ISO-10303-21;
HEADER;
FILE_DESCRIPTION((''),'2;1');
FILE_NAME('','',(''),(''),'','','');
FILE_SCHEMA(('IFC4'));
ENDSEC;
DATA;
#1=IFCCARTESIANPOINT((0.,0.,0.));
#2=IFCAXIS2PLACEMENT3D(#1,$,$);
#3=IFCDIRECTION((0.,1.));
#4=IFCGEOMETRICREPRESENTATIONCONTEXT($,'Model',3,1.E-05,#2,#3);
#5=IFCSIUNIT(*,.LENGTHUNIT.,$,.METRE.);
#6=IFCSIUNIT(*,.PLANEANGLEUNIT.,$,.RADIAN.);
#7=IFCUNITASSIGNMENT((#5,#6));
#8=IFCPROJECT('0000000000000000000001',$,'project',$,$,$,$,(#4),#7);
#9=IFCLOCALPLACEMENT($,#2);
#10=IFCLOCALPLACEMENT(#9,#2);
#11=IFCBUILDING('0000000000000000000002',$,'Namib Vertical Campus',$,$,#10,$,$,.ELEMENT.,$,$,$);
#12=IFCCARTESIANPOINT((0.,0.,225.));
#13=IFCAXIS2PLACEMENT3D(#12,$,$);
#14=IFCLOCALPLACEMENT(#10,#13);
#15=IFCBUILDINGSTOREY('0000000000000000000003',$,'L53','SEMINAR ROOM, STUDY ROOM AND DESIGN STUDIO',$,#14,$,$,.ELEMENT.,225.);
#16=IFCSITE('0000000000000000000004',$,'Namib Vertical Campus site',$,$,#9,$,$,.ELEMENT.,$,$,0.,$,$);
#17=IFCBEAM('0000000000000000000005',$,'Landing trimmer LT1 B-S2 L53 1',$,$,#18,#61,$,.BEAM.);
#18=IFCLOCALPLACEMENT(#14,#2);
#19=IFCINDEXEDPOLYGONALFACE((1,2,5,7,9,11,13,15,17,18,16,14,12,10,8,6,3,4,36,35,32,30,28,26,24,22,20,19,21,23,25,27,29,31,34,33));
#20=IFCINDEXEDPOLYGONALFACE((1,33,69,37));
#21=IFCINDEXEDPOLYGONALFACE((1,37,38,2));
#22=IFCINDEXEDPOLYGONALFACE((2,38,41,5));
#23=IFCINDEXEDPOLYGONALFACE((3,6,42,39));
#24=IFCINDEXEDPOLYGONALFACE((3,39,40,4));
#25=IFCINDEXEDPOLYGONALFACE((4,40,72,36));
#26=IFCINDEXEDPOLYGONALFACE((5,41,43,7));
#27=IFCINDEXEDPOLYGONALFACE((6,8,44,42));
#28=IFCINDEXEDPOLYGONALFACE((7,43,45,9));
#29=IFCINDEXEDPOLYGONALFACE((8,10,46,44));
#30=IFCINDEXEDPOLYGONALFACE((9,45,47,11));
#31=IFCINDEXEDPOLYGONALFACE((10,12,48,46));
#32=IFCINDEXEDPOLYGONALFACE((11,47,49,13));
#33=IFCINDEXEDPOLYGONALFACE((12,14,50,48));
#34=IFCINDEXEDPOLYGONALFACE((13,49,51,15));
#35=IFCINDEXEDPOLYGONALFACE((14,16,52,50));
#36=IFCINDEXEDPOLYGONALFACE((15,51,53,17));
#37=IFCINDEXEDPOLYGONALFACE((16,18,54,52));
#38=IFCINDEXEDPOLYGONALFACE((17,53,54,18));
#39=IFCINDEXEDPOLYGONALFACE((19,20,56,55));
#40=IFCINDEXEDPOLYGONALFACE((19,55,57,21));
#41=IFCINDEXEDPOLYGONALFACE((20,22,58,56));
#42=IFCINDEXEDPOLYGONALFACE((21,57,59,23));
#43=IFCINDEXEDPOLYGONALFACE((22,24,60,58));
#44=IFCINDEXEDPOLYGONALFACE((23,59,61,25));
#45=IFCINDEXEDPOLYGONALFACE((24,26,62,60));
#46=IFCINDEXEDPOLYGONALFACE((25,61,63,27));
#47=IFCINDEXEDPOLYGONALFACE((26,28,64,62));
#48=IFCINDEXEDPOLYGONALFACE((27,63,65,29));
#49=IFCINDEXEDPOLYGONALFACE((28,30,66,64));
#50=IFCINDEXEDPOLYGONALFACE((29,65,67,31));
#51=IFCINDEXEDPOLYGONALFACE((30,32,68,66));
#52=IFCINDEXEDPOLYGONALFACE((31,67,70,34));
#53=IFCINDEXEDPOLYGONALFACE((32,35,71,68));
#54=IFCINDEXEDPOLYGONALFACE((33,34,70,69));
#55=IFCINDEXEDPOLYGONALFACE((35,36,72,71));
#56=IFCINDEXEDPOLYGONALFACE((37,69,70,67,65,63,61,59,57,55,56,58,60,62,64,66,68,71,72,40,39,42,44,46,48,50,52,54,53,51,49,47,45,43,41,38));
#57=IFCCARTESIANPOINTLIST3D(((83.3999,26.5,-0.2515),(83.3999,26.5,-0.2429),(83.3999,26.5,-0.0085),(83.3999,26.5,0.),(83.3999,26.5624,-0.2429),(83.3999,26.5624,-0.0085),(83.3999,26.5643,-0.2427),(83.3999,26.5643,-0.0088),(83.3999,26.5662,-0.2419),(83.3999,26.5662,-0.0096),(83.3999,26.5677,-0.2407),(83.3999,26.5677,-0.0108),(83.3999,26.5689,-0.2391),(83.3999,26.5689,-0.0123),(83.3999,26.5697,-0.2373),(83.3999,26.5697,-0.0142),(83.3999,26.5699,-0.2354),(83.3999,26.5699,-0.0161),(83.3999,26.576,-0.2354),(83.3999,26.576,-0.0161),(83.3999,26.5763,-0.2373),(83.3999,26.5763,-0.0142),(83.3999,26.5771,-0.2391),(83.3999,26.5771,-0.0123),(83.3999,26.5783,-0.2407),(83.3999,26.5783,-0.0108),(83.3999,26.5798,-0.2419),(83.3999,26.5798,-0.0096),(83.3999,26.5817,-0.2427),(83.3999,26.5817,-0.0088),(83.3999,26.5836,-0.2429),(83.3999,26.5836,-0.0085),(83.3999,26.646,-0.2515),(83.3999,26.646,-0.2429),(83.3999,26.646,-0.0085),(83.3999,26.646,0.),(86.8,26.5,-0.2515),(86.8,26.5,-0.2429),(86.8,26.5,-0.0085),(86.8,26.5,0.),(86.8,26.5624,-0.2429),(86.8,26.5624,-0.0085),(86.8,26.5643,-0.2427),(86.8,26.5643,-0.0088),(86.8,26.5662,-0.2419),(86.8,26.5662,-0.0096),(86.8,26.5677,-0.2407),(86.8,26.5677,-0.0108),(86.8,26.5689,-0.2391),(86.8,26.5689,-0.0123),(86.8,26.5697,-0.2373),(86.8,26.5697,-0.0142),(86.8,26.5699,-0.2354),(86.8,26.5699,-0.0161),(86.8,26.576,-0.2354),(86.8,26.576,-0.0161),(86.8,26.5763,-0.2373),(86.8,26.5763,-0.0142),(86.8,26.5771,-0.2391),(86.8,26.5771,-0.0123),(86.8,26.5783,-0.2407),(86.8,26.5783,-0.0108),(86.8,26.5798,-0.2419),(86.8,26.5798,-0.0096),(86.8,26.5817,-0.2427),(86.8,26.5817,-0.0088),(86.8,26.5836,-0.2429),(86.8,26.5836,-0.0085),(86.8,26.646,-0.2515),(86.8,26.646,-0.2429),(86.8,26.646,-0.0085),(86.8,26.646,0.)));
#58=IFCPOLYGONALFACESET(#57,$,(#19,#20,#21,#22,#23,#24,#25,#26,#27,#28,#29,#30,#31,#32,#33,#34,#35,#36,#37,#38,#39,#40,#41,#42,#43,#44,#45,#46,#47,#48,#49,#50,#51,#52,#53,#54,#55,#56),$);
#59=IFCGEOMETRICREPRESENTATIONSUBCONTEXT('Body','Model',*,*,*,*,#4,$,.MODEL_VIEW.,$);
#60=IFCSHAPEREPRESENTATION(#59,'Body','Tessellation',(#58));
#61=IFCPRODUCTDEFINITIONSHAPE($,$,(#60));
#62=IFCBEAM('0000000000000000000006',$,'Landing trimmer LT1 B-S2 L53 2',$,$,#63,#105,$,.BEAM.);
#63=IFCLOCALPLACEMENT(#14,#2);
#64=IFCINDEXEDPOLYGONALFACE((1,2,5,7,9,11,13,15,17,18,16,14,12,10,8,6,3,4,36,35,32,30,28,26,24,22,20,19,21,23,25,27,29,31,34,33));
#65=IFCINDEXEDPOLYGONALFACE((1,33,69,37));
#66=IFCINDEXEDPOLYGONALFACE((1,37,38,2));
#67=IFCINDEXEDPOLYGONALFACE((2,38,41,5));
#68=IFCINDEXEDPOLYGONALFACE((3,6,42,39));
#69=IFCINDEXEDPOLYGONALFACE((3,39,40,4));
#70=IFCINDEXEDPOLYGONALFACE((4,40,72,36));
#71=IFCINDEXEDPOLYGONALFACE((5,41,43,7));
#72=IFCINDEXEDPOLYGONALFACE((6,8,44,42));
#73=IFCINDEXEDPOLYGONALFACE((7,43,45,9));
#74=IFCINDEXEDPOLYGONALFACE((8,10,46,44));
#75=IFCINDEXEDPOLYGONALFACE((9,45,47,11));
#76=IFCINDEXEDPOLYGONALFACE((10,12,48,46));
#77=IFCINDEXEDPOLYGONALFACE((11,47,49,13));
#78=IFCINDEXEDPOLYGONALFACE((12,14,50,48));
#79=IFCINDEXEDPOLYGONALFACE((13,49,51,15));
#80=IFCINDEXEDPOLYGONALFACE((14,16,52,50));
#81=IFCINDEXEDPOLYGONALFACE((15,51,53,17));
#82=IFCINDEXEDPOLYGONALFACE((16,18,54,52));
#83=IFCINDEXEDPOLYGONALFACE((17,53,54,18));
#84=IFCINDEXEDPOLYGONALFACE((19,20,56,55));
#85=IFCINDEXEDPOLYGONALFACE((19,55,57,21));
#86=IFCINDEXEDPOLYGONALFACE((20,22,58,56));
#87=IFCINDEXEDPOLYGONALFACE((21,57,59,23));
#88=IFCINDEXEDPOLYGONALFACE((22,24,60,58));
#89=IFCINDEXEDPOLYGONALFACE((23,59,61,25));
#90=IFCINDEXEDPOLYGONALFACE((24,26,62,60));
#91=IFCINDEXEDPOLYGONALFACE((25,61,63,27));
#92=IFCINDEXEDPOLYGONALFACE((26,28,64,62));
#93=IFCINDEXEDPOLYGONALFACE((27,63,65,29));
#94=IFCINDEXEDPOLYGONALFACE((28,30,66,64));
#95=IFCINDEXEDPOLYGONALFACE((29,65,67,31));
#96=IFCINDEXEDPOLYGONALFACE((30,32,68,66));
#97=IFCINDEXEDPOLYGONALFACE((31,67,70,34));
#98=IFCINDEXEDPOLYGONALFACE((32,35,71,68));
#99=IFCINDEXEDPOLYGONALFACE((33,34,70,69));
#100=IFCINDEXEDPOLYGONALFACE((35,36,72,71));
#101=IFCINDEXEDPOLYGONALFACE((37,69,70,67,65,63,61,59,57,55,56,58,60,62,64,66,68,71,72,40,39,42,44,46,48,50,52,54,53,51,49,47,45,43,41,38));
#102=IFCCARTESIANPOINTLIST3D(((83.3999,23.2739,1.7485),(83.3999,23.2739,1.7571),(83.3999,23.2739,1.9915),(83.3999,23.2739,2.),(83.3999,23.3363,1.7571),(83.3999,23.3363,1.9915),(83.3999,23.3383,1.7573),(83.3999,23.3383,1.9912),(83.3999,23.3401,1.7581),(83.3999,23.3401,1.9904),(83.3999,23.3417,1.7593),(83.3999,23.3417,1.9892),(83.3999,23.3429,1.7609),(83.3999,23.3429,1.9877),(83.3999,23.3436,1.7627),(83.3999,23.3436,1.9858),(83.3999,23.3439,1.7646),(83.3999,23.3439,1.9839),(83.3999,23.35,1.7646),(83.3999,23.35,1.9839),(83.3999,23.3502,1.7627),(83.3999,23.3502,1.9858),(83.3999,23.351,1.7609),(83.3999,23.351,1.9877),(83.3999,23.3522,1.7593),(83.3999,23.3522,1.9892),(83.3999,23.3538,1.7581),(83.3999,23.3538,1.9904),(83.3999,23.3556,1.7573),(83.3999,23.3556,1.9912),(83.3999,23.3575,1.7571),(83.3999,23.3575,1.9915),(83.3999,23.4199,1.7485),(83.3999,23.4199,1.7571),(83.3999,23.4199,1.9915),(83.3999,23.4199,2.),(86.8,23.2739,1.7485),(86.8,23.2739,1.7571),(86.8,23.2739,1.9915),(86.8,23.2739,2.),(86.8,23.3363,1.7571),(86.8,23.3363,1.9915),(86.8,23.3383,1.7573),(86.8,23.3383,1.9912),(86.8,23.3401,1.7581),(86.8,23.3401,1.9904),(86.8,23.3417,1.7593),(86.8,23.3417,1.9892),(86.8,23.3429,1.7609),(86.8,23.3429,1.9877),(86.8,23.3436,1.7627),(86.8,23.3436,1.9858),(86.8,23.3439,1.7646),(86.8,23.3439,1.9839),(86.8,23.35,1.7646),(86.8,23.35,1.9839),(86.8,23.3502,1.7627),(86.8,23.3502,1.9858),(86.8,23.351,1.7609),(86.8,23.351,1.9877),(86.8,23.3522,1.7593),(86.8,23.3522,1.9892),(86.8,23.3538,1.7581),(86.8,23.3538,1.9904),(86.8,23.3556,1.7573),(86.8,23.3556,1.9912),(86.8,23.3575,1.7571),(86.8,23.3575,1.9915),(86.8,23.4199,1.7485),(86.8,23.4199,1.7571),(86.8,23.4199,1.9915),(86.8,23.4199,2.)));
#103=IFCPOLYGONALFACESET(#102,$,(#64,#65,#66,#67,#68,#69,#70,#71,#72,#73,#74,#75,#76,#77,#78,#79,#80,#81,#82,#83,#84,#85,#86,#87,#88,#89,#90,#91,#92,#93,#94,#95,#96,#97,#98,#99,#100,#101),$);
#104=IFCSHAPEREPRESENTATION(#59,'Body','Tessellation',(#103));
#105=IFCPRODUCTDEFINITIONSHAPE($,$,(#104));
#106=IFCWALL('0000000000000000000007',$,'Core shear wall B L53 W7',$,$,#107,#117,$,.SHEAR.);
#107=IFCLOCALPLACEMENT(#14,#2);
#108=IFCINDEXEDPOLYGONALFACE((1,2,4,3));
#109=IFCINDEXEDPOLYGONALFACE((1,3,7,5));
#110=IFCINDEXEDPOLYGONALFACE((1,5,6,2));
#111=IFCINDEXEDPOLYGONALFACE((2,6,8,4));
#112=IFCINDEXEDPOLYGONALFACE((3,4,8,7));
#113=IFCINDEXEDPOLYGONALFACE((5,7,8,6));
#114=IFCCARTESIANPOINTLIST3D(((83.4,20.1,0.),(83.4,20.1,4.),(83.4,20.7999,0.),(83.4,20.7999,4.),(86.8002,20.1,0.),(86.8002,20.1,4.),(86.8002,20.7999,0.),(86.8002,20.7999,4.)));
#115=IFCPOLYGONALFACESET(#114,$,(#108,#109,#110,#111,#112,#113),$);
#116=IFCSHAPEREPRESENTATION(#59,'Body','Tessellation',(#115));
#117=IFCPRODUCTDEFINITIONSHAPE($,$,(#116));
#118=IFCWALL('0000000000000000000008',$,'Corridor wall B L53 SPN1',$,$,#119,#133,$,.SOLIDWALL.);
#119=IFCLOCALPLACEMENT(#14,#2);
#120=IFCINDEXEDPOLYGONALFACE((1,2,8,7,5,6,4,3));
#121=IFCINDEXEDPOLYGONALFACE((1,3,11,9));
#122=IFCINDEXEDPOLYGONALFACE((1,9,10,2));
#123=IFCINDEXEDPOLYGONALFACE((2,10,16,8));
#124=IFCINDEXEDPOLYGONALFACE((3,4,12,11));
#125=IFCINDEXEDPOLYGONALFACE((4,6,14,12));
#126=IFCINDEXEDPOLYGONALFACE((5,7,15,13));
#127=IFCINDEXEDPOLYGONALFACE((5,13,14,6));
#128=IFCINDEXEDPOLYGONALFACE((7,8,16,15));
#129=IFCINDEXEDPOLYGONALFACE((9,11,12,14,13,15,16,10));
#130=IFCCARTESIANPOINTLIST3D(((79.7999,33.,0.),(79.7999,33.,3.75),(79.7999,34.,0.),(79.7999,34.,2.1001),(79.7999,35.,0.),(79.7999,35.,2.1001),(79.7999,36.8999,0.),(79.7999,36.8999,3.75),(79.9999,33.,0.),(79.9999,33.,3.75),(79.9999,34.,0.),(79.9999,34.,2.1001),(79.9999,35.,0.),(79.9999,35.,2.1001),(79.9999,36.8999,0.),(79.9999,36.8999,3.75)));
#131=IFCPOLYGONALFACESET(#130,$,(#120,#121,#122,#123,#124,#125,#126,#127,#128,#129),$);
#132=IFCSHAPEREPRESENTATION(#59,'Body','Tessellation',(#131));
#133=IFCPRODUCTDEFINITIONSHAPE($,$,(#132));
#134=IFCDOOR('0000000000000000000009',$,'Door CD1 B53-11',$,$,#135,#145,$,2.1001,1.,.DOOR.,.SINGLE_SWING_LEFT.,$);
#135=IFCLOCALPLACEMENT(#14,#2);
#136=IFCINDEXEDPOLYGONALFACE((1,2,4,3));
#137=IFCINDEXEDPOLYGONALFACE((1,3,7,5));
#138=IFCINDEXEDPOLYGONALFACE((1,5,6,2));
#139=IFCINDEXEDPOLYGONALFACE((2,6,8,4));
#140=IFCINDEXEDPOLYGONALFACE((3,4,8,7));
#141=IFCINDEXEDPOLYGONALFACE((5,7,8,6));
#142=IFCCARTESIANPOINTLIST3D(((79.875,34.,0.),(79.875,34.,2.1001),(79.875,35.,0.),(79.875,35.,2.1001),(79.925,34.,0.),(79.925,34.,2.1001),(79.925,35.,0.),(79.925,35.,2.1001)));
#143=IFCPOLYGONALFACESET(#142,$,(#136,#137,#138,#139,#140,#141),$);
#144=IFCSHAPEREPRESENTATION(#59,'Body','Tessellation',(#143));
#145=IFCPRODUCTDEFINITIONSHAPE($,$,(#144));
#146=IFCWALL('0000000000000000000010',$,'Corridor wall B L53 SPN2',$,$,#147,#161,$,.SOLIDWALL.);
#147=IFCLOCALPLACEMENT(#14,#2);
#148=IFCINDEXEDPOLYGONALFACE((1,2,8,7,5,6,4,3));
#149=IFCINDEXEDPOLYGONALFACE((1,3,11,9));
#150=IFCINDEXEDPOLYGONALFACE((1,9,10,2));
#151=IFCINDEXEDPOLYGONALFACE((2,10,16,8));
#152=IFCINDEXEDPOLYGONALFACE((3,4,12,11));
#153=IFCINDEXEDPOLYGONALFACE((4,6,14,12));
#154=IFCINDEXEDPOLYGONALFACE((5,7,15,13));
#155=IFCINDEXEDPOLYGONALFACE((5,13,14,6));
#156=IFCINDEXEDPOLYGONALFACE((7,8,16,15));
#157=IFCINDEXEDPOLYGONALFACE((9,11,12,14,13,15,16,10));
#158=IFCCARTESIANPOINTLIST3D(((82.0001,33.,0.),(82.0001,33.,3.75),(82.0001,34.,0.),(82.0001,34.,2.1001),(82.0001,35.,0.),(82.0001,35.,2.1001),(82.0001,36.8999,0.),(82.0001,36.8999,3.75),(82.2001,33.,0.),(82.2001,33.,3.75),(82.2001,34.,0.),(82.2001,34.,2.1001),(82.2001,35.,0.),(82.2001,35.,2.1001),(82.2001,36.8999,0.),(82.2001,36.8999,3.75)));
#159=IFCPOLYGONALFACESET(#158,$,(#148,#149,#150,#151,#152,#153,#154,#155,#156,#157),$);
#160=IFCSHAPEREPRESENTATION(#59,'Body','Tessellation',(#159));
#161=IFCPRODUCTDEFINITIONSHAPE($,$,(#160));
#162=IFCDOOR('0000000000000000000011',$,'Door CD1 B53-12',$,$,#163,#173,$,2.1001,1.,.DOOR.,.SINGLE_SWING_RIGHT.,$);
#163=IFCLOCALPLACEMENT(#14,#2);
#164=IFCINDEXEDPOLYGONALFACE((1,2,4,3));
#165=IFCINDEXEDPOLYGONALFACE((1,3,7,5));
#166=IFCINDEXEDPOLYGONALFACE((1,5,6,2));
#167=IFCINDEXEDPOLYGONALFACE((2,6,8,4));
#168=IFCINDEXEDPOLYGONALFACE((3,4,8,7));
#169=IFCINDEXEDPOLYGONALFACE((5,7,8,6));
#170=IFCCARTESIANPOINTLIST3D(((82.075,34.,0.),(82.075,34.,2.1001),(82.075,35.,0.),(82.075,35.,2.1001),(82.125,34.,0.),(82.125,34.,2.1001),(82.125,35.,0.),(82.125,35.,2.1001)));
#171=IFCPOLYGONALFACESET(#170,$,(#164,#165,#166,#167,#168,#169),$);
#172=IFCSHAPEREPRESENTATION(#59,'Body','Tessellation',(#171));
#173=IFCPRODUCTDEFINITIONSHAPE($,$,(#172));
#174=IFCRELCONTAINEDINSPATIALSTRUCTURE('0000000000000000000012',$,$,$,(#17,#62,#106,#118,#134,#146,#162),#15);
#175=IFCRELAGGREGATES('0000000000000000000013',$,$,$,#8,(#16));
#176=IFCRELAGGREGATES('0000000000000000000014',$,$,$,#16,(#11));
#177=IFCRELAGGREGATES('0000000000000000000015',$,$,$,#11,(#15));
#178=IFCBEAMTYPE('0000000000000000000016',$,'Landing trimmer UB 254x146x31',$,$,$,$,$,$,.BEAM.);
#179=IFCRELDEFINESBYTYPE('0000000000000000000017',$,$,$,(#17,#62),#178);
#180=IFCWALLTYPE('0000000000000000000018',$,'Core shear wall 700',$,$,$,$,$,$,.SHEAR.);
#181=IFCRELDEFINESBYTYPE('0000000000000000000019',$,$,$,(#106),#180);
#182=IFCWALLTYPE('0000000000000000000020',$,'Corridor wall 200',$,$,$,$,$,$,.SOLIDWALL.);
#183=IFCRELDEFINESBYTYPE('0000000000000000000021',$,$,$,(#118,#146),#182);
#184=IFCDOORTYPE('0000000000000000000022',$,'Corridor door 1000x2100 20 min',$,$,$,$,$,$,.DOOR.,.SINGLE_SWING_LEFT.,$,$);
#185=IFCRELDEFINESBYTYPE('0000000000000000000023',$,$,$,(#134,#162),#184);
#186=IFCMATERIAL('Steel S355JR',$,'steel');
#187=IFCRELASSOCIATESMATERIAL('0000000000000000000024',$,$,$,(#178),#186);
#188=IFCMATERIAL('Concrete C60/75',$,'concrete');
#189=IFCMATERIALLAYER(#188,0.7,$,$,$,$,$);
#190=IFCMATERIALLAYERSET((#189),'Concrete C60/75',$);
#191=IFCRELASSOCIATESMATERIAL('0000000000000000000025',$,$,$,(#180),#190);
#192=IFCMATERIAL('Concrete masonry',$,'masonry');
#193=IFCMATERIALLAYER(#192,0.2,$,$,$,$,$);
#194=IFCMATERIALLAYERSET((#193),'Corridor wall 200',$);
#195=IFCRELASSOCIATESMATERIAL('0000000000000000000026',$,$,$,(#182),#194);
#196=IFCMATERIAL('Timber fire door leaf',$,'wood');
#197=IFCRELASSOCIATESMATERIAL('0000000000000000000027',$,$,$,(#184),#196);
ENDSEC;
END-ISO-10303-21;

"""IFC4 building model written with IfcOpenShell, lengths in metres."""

from ifc_helpers import new_model, si_unit, direction, frame, frame_2d, origin, origin_2d, place, context, subcontext, project, spatial, rectangle, i_section, extrude, material, layer, layer_set, material_profile, profile_set, type_object, element, fill, save


model = new_model("IFC4")

# Units and contexts
model_context = context("Model", 3, precision=1e-05, world=origin(), true_north=direction((0.0, 1.0)))
body_context = subcontext(model_context, "Body", "Model", "MODEL_VIEW")
ifc_project = project(units=[si_unit("LENGTHUNIT", "METRE"), si_unit("PLANEANGLEUNIT", "RADIAN")], contexts=[model_context])

# Site, building, storey
site_placement = place(None, origin())
site = spatial("IfcSite", under=ifc_project, at=site_placement, Name="Namib Vertical Campus site", CompositionType="ELEMENT", RefElevation=0.0)
building_placement = place(site_placement, origin())
building = spatial("IfcBuilding", under=site, at=building_placement, Name="Namib Vertical Campus", CompositionType="ELEMENT")
storey_placement = place(building_placement, frame((0.0, 0.0, 225.0)))
storey = spatial("IfcBuildingStorey", under=building, at=storey_placement, Name="L53", Description="SEMINAR ROOM, STUDY ROOM AND DESIGN STUDIO", CompositionType="ELEMENT", Elevation=225.0)

# Beams
ifc_material_1 = material(Name="Steel S355JR", Category="steel")
ifc_material_profile = material_profile(ifc_material_1, i_section(OverallWidth=0.146, OverallDepth=0.2515, WebThickness=0.0061, FlangeThickness=0.0085, FilletRadius=0.0076, at=origin_2d()))
ifc_profile_set = profile_set([ifc_material_profile], Name="Steel S355JR")
beam_type = type_object("IfcBeamType", Name="Landing trimmer UB 254x146x31", PredefinedType="BEAM", material=ifc_profile_set)
for number, where, z_axis, x_axis, name in (
    (1, (83.3999, 26.573, -0.1257), (1.0, 0.0, 0.0), (0.0, 1.0, 0.0), "Landing trimmer LT1 B-S2 L53 1"),
    (2, (83.3999, 23.3469, 1.8743), (1.0, 0.0, 0.0), (0.0, 1.0, 0.0), "Landing trimmer LT1 B-S2 L53 2"),
):
    element("IfcBeam", number, at=place(storey_placement, frame(where, z_axis=z_axis, x_axis=x_axis)), inside=storey, type_object=beam_type, Name=name, PredefinedType="BEAM", context=body_context, shape_type="SweptSolid", body=[
        extrude(i_section(OverallWidth=0.146, OverallDepth=0.2515, WebThickness=0.0061, FlangeThickness=0.0085, FilletRadius=0.0076, at=origin_2d()), origin(), (0.0, 0.0, 1.0), 3.4001),
    ])

# Wall
ifc_material_2 = material(Name="Concrete C60/75", Category="concrete")
ifc_layer_1 = layer(ifc_material_2, 0.7)
ifc_layer_set_1 = layer_set([ifc_layer_1], Name="Concrete C60/75")
wall_type_1 = type_object("IfcWallType", Name="Core shear wall 700", PredefinedType="SHEAR", material=ifc_layer_set_1)
wall_1_placement = place(storey_placement, frame((83.3999, 20.45, 0.0), z_axis=(0.0, 0.0, 1.0), x_axis=(1.0, 0.0, 0.0)))
element("IfcWall", 3, at=wall_1_placement, inside=storey, type_object=wall_type_1, Name="Core shear wall B L53 W7", PredefinedType="SHEAR", context=body_context, shape_type="SweptSolid", body=[
    extrude(rectangle(XDim=3.4001, YDim=0.7, at=frame_2d((1.7002, 0.0))), origin(), (0.0, 0.0, 1.0), 4.0),
])

# Walls, openings, doors
ifc_material_3 = material(Name="Concrete masonry", Category="masonry")
ifc_layer_2 = layer(ifc_material_3, 0.2)
ifc_layer_set_2 = layer_set([ifc_layer_2], Name="Corridor wall 200")
wall_type_2 = type_object("IfcWallType", Name="Corridor wall 200", PredefinedType="SOLIDWALL", material=ifc_layer_set_2)
wall_2_placement = place(storey_placement, frame((79.8999, 33.0, 0.0), z_axis=(0.0, 0.0, 1.0), x_axis=(0.0, 1.0, 0.0)))
wall_2 = element("IfcWall", 4, at=wall_2_placement, inside=storey, type_object=wall_type_2, Name="Corridor wall B L53 SPN1", PredefinedType="SOLIDWALL", context=body_context, shape_type="SweptSolid", body=[
    extrude(rectangle(XDim=3.8999, YDim=0.2, at=frame_2d((1.95, 0.0))), origin(), (0.0, 0.0, 1.0), 3.75),
])
opening_1_placement = place(wall_2_placement, frame((1.0, 0.0, 0.0)))
opening_1 = element("IfcOpeningElement", 5, at=opening_1_placement, cuts=wall_2, PredefinedType="OPENING", context=body_context, shape_type="SweptSolid", body=[
    extrude(rectangle(XDim=1.0, YDim=2.1001, at=frame_2d((0.5, 1.05))), frame((0.0, 0.1099, 0.0), z_axis=(0.0, -1.0, 0.0), x_axis=(1.0, 0.0, 0.0)), (0.0, 0.0, 1.0), 0.22),
])
ifc_material_4 = material(Name="Timber fire door leaf", Category="wood")
door_type_1 = type_object("IfcDoorType", Name="Corridor door 1000x2100 20 min", OperationType="SINGLE_SWING_LEFT", PredefinedType="DOOR", material=ifc_material_4)
door_1_placement = place(opening_1_placement, origin())
door_1 = element("IfcDoor", 6, at=door_1_placement, inside=storey, type_object=door_type_1, Name="Door CD1 B53-11", OperationType="SINGLE_SWING_LEFT", OverallHeight=2.1001, OverallWidth=1.0, PredefinedType="DOOR", context=body_context, shape_type="SweptSolid", body=[
    extrude(rectangle(XDim=1.0, YDim=2.1001, at=frame_2d((0.5, 1.05))), frame((0.0, 0.0249, 0.0), z_axis=(0.0, -1.0, 0.0), x_axis=(1.0, 0.0, 0.0)), (0.0, 0.0, 1.0), 0.05),
])
fill(opening_1, door_1)
wall_3_placement = place(storey_placement, frame((82.1001, 36.8999, 0.0), z_axis=(0.0, 0.0, 1.0), x_axis=(0.0, -1.0, 0.0)))
wall_3 = element("IfcWall", 7, at=wall_3_placement, inside=storey, type_object=wall_type_2, Name="Corridor wall B L53 SPN2", PredefinedType="SOLIDWALL", context=body_context, shape_type="SweptSolid", body=[
    extrude(rectangle(XDim=3.8999, YDim=0.2, at=frame_2d((1.95, 0.0))), origin(), (0.0, 0.0, 1.0), 3.75),
])
opening_2_placement = place(wall_3_placement, frame((1.8999, 0.0, 0.0)))
opening_2 = element("IfcOpeningElement", 8, at=opening_2_placement, cuts=wall_3, PredefinedType="OPENING", context=body_context, shape_type="SweptSolid", body=[
    extrude(rectangle(XDim=1.0, YDim=2.1001, at=frame_2d((0.5, 1.05))), frame((0.0, 0.1099, 0.0), z_axis=(0.0, -1.0, 0.0), x_axis=(1.0, 0.0, 0.0)), (0.0, 0.0, 1.0), 0.22),
])
door_2_placement = place(opening_2_placement, origin())
door_2 = element("IfcDoor", 9, at=door_2_placement, inside=storey, type_object=door_type_1, Name="Door CD1 B53-12", OperationType="SINGLE_SWING_RIGHT", OverallHeight=2.1001, OverallWidth=1.0, PredefinedType="DOOR", context=body_context, shape_type="SweptSolid", body=[
    extrude(rectangle(XDim=1.0, YDim=2.1001, at=frame_2d((0.5, 1.05))), frame((0.0, 0.0249, 0.0), z_axis=(0.0, -1.0, 0.0), x_axis=(1.0, 0.0, 0.0)), (0.0, 0.0, 1.0), 0.05),
])
fill(opening_2, door_2)

save(model, "model.ifc")
